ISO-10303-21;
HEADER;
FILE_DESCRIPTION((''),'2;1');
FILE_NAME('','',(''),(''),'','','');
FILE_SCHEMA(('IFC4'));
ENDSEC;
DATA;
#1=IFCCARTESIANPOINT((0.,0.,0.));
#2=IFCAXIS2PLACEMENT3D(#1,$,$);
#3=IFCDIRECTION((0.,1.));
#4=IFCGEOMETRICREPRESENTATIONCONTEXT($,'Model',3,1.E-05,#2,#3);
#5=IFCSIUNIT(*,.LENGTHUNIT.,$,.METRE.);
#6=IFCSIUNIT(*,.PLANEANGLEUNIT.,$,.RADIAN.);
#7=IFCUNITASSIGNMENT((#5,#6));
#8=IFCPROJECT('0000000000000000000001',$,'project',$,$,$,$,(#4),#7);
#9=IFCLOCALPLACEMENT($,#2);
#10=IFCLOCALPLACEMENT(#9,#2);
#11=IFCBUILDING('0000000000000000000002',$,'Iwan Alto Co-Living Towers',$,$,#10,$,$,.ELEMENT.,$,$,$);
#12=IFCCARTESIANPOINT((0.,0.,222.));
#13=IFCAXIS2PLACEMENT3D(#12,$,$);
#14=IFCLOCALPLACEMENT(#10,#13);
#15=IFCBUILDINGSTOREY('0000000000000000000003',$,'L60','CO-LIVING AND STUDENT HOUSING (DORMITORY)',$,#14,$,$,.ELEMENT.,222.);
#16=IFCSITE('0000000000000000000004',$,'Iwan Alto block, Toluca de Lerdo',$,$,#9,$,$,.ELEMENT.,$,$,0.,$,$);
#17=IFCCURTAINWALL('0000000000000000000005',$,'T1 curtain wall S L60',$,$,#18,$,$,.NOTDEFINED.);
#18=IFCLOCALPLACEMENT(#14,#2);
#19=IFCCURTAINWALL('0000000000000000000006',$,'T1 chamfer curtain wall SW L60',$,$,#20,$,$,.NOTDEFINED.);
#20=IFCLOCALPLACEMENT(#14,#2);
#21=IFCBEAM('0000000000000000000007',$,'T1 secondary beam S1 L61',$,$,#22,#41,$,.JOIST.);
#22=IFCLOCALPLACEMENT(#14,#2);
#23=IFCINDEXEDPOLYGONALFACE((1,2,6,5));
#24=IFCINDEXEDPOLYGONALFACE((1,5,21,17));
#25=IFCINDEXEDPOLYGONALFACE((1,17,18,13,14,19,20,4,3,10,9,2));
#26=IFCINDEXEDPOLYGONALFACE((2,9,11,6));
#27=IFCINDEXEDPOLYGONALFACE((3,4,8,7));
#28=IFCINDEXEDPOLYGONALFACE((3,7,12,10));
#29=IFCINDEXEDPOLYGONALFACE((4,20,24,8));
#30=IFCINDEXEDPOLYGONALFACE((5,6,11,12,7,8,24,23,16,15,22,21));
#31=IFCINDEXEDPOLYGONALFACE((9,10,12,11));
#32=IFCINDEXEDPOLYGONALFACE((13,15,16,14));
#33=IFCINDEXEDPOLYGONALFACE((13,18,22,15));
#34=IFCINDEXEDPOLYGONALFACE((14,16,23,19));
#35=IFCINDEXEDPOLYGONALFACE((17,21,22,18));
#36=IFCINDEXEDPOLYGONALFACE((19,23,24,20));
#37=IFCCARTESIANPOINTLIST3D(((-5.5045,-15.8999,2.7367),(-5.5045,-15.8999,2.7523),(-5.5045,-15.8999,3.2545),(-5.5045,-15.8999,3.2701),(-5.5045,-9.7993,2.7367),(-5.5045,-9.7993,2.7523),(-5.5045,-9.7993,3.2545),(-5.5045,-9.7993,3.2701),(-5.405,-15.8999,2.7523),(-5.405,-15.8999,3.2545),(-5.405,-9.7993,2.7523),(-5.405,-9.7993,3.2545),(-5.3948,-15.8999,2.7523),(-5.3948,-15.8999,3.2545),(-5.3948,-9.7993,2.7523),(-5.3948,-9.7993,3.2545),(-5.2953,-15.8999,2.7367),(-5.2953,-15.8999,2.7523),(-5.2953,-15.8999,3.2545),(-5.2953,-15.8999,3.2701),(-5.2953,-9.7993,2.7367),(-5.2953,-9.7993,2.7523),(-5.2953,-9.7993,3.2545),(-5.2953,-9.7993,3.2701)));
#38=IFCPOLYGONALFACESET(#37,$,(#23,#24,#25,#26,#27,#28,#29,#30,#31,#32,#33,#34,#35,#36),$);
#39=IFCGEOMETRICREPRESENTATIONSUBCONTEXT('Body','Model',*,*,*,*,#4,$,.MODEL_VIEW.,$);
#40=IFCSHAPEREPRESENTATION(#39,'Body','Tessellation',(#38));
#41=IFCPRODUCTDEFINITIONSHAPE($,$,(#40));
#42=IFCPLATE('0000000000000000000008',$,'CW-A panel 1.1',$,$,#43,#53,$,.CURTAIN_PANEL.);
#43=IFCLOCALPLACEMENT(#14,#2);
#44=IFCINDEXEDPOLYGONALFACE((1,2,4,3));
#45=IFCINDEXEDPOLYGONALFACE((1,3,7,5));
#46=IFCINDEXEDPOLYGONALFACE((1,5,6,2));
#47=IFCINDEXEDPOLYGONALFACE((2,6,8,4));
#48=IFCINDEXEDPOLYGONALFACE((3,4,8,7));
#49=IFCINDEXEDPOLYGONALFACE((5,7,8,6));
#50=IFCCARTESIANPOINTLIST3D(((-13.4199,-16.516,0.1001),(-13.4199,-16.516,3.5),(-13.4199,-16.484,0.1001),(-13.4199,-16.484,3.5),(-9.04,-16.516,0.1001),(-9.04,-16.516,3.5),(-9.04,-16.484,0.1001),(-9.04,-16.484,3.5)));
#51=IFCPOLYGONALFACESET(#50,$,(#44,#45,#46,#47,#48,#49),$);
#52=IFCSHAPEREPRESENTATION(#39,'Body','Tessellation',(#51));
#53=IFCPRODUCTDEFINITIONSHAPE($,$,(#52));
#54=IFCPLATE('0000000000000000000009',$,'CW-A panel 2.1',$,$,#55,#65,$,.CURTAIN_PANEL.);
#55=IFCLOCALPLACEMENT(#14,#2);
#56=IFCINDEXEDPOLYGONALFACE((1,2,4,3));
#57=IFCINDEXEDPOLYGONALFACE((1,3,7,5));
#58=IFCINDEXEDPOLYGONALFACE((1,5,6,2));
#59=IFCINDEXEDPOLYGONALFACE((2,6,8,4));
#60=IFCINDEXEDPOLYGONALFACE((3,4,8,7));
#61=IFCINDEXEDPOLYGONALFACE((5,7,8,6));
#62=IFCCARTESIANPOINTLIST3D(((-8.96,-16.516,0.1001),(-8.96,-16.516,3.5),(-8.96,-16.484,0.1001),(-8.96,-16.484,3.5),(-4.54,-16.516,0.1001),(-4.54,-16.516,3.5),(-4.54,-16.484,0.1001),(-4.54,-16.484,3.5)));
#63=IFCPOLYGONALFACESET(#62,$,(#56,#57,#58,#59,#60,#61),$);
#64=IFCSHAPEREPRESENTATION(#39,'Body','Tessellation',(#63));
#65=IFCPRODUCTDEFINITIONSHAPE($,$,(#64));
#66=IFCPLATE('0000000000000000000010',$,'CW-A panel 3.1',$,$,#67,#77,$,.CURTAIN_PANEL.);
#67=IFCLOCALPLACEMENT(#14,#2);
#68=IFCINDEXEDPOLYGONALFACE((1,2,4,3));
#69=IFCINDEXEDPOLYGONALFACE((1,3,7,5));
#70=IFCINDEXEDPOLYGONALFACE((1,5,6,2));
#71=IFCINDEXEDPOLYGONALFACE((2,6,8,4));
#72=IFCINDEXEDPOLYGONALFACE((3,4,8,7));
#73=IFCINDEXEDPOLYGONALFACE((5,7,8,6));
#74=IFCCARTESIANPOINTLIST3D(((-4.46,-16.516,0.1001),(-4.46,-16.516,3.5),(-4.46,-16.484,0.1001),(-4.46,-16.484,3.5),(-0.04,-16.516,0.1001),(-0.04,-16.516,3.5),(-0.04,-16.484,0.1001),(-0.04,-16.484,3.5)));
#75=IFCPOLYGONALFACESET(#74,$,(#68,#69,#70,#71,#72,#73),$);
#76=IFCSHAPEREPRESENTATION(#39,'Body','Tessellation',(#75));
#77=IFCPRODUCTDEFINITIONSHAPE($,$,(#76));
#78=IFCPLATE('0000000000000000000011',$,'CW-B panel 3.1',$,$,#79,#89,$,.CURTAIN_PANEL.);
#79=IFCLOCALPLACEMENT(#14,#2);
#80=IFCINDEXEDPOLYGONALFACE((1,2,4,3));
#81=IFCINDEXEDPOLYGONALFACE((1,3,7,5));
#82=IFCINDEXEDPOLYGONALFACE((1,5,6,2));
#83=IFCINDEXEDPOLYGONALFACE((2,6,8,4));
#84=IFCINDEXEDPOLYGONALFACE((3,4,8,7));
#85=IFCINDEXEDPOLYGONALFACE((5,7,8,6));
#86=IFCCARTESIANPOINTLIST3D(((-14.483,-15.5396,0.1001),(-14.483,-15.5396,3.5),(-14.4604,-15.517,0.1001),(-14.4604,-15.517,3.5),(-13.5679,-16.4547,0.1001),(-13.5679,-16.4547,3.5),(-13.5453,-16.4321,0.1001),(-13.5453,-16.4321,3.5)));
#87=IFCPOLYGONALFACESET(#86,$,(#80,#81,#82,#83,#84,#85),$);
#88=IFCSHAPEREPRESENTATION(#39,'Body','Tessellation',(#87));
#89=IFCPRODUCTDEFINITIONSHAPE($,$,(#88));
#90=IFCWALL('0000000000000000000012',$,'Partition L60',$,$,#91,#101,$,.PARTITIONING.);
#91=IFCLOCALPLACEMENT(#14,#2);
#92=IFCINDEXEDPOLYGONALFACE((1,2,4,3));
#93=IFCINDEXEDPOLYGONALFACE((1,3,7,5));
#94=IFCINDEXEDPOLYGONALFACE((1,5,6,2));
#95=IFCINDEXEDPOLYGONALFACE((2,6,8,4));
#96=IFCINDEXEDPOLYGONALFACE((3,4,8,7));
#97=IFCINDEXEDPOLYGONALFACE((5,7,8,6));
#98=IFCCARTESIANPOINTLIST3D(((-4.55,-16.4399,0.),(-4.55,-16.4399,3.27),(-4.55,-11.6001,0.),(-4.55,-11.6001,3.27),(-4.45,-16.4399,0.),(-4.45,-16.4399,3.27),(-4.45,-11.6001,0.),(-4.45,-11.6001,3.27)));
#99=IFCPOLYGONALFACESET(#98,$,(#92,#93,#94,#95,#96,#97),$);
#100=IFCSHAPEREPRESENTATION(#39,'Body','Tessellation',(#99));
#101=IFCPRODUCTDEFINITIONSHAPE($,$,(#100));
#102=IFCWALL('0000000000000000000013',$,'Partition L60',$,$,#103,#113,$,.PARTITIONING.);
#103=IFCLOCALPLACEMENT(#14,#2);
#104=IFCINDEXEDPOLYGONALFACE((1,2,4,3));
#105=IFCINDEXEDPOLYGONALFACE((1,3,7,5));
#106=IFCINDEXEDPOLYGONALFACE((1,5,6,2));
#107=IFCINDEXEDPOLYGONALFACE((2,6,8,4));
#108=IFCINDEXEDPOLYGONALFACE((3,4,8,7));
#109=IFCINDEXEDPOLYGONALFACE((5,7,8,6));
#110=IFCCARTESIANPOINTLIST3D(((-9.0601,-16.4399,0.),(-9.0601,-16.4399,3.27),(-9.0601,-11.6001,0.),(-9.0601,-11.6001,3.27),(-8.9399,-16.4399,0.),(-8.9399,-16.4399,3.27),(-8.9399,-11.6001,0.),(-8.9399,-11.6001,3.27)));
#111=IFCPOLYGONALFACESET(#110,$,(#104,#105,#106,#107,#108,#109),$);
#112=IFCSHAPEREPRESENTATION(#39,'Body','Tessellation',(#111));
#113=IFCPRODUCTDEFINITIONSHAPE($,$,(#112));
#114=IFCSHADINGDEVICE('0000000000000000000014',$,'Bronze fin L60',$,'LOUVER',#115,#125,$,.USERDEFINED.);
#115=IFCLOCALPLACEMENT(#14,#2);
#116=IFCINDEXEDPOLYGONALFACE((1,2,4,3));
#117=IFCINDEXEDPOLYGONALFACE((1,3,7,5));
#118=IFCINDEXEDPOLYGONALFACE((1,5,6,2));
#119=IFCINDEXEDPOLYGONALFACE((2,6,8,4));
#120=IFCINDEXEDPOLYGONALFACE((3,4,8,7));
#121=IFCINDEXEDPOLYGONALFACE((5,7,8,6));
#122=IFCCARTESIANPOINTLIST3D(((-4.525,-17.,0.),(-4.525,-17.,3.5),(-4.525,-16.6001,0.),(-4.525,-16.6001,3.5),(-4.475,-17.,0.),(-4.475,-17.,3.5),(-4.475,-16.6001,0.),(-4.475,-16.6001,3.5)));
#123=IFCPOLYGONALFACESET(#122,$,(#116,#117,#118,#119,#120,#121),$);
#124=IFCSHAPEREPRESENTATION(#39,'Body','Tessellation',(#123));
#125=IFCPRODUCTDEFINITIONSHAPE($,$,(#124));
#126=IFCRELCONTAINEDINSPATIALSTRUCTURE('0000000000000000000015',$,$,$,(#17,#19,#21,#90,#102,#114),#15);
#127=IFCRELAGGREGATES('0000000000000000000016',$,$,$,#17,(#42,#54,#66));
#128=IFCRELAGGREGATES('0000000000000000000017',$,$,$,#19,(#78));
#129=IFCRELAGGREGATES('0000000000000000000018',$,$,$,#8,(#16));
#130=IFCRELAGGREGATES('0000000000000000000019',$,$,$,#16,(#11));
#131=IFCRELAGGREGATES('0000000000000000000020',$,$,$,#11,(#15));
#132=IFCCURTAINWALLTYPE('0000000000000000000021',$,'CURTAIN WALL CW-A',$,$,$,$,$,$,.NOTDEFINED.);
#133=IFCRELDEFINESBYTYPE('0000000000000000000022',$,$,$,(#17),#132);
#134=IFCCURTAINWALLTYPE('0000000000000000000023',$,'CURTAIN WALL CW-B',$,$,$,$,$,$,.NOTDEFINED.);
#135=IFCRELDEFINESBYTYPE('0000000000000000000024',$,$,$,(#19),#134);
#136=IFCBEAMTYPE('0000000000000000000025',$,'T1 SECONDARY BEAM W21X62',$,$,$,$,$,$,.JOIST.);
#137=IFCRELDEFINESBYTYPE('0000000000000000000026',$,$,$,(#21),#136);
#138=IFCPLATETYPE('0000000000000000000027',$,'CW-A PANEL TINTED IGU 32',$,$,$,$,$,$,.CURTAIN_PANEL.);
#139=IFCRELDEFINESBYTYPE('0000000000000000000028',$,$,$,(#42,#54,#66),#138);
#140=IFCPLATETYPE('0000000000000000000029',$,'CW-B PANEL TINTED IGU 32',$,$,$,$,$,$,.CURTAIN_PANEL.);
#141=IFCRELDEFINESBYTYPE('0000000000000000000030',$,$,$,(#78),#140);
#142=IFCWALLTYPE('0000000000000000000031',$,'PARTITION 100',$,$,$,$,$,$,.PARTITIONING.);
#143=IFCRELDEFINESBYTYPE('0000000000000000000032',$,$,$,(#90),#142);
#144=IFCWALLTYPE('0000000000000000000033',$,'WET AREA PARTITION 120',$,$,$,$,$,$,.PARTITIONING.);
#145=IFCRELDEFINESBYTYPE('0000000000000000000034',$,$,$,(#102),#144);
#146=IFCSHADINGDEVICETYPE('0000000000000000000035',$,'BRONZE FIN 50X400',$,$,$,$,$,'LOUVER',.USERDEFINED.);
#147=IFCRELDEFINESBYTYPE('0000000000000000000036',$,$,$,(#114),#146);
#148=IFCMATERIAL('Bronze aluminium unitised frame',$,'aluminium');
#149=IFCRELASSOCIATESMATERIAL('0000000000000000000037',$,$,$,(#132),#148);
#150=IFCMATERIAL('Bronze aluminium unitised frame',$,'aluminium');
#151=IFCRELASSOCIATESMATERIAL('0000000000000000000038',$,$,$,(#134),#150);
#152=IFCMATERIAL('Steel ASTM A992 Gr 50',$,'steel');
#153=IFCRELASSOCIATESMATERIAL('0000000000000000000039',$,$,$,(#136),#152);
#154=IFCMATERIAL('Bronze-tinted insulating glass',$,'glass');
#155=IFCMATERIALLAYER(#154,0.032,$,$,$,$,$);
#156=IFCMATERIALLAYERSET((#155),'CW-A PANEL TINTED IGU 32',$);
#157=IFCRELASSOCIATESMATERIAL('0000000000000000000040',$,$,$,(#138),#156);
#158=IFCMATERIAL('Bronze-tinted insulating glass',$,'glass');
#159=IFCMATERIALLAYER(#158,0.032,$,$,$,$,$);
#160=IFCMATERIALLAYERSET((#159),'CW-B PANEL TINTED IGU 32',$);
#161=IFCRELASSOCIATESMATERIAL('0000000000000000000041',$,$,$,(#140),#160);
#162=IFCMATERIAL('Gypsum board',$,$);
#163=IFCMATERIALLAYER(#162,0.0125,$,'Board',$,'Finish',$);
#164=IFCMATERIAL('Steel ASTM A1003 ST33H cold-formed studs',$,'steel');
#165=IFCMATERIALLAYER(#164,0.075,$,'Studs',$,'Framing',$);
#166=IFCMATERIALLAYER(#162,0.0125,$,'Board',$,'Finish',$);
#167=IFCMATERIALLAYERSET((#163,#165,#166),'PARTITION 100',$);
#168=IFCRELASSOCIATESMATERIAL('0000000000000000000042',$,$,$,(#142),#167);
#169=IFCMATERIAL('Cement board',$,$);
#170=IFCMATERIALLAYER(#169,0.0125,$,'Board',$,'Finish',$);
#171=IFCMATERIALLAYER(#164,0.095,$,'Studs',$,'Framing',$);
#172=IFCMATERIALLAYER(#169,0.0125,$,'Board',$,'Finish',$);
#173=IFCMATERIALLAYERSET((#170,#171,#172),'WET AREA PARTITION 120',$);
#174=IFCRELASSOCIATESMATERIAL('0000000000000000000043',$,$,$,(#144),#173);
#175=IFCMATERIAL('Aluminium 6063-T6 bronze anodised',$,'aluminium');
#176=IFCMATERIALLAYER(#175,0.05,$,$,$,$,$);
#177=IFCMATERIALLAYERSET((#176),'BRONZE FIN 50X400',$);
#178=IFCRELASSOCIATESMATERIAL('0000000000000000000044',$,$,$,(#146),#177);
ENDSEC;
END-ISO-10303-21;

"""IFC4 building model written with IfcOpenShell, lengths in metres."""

from ifc_helpers import new_model, si_unit, direction, frame, frame_2d, origin, origin_2d, place, context, subcontext, project, spatial, rectangle, i_section, extrude, material, layer, layer_set, material_profile, profile_set, type_object, element, aggregate, save


model = new_model("IFC4")

# Units and contexts
model_context = context("Model", 3, precision=1e-05, world=origin(), true_north=direction((0.0, 1.0)))
body_context = subcontext(model_context, "Body", "Model", "MODEL_VIEW")
ifc_project = project(units=[si_unit("LENGTHUNIT", "METRE"), si_unit("PLANEANGLEUNIT", "RADIAN")], contexts=[model_context])

# Site, building, storey
site_placement = place(None, origin())
site = spatial("IfcSite", under=ifc_project, at=site_placement, Name="Iwan Alto block, Toluca de Lerdo", CompositionType="ELEMENT", RefElevation=0.0)
building_placement = place(site_placement, origin())
building = spatial("IfcBuilding", under=site, at=building_placement, Name="Iwan Alto Co-Living Towers", CompositionType="ELEMENT")
storey_placement = place(building_placement, frame((0.0, 0.0, 222.0)))
storey = spatial("IfcBuildingStorey", under=building, at=storey_placement, Name="L60", Description="CO-LIVING AND STUDENT HOUSING (DORMITORY)", CompositionType="ELEMENT", Elevation=222.0)

# Curtain wall
ifc_material_1 = material(Name="Bronze aluminium unitised frame", Category="aluminium")
curtain_wall_type_1 = type_object("IfcCurtainWallType", Name="CURTAIN WALL CW-A", PredefinedType="NOTDEFINED", material=ifc_material_1)
curtain_wall_1_placement = place(storey_placement, origin())
curtain_wall_1 = element("IfcCurtainWall", 1, at=curtain_wall_1_placement, inside=storey, type_object=curtain_wall_type_1, Name="T1 curtain wall S L60", PredefinedType="NOTDEFINED")

# Curtain wall
ifc_material_2 = material(Name="Bronze aluminium unitised frame", Category="aluminium")
curtain_wall_type_2 = type_object("IfcCurtainWallType", Name="CURTAIN WALL CW-B", PredefinedType="NOTDEFINED", material=ifc_material_2)
curtain_wall_2_placement = place(storey_placement, origin())
curtain_wall_2 = element("IfcCurtainWall", 2, at=curtain_wall_2_placement, inside=storey, type_object=curtain_wall_type_2, Name="T1 chamfer curtain wall SW L60", PredefinedType="NOTDEFINED")

# Beam
ifc_material_3 = material(Name="Steel ASTM A992 Gr 50", Category="steel")
ifc_material_profile_1 = material_profile(ifc_material_3, i_section(OverallWidth=0.2092, OverallDepth=0.5334, WebThickness=0.0103, FlangeThickness=0.0156, at=origin_2d()), Name="W21X62")
ifc_profile_set_1 = profile_set([ifc_material_profile_1], Name="Steel ASTM A992 Gr 50")
beam_type_1 = type_object("IfcBeamType", Name="T1 SECONDARY BEAM W21X62", PredefinedType="JOIST", material=ifc_profile_set_1)
beam_1_placement = place(storey_placement, frame((-5.3999, -15.8999, 3.0034), z_axis=(0.0, 1.0, 0.0), x_axis=(-1.0, 0.0, 0.0)))
element("IfcBeam", 3, at=beam_1_placement, inside=storey, type_object=beam_type_1, Name="T1 secondary beam S1 L61", PredefinedType="JOIST", context=body_context, shape_type="SweptSolid", body=[
    extrude(i_section(OverallWidth=0.2092, OverallDepth=0.5334, WebThickness=0.0103, FlangeThickness=0.0156, at=origin_2d()), origin(), (0.0, 0.0, 1.0), 6.1006),
])

# Plates
ifc_material_4 = material(Name="Bronze-tinted insulating glass", Category="glass")
ifc_layer_1 = layer(ifc_material_4, 0.032)
ifc_layer_set_1 = layer_set([ifc_layer_1], Name="CW-A PANEL TINTED IGU 32")
plate_type_1 = type_object("IfcPlateType", Name="CW-A PANEL TINTED IGU 32", PredefinedType="CURTAIN_PANEL", material=ifc_layer_set_1)
plate_1_placement = place(storey_placement, frame((-11.23, -16.5, 0.1001), z_axis=(0.0, 0.0, 1.0), x_axis=(1.0, 0.0, 0.0)))
plate_1 = element("IfcPlate", 4, at=plate_1_placement, type_object=plate_type_1, Name="CW-A panel 1.1", PredefinedType="CURTAIN_PANEL", context=body_context, shape_type="SweptSolid", body=[
    extrude(rectangle(XDim=4.3799, YDim=0.032, at=origin_2d()), origin(), (0.0, 0.0, 1.0), 3.3999),
])
plate_2_placement = place(storey_placement, frame((-6.75, -16.5, 0.1001), z_axis=(0.0, 0.0, 1.0), x_axis=(1.0, 0.0, 0.0)))
plate_2 = element("IfcPlate", 5, at=plate_2_placement, type_object=plate_type_1, Name="CW-A panel 2.1", PredefinedType="CURTAIN_PANEL", context=body_context, shape_type="SweptSolid", body=[
    extrude(rectangle(XDim=4.4199, YDim=0.032, at=origin_2d()), origin(), (0.0, 0.0, 1.0), 3.3999),
])
plate_3_placement = place(storey_placement, frame((-2.25, -16.5, 0.1001), z_axis=(0.0, 0.0, 1.0), x_axis=(1.0, 0.0, 0.0)))
plate_3 = element("IfcPlate", 6, at=plate_3_placement, type_object=plate_type_1, Name="CW-A panel 3.1", PredefinedType="CURTAIN_PANEL", context=body_context, shape_type="SweptSolid", body=[
    extrude(rectangle(XDim=4.4199, YDim=0.032, at=origin_2d()), origin(), (0.0, 0.0, 1.0), 3.3999),
])
aggregate(curtain_wall_1, [plate_1, plate_2, plate_3])
ifc_material_5 = material(Name="Bronze-tinted insulating glass", Category="glass")
ifc_layer_2 = layer(ifc_material_5, 0.032)
ifc_layer_set_2 = layer_set([ifc_layer_2], Name="CW-B PANEL TINTED IGU 32")
plate_type_2 = type_object("IfcPlateType", Name="CW-B PANEL TINTED IGU 32", PredefinedType="CURTAIN_PANEL", material=ifc_layer_set_2)
plate_4_placement = place(storey_placement, frame((-14.0142, -15.9858, 0.1001), z_axis=(0.0, 0.0, 1.0), x_axis=(0.707107, -0.707107, 0.0)))
plate_4 = element("IfcPlate", 7, at=plate_4_placement, type_object=plate_type_2, Name="CW-B panel 3.1", PredefinedType="CURTAIN_PANEL", context=body_context, shape_type="SweptSolid", body=[
    extrude(rectangle(XDim=1.2942, YDim=0.032, at=origin_2d()), origin(), (0.0, 0.0, 1.0), 3.3999),
])
aggregate(curtain_wall_2, [plate_4])

# Walls
ifc_material_6 = material(Name="Gypsum board")
ifc_layer_3 = layer(ifc_material_6, 0.0125, Name="Board", Category="Finish")
ifc_material_7 = material(Name="Steel ASTM A1003 ST33H cold-formed studs", Category="steel")
ifc_layer_4 = layer(ifc_material_7, 0.075, Name="Studs", Category="Framing")
ifc_layer_5 = layer(ifc_material_6, 0.0125, Name="Board", Category="Finish")
ifc_layer_set_3 = layer_set([ifc_layer_3, ifc_layer_4, ifc_layer_5], Name="PARTITION 100")
wall_type_1 = type_object("IfcWallType", Name="PARTITION 100", PredefinedType="PARTITIONING", material=ifc_layer_set_3)
wall_1_placement = place(storey_placement, frame((-4.5, -16.4399, 0.0), z_axis=(0.0, 0.0, 1.0), x_axis=(0.0, 1.0, 0.0)))
element("IfcWall", 8, at=wall_1_placement, inside=storey, type_object=wall_type_1, Name="Partition L60", PredefinedType="PARTITIONING", context=body_context, shape_type="SweptSolid", body=[
    extrude(rectangle(XDim=4.8398, YDim=0.1001, at=frame_2d((2.4199, 0.0))), origin(), (0.0, 0.0, 1.0), 3.27),
])
ifc_material_8 = material(Name="Cement board")
ifc_layer_6 = layer(ifc_material_8, 0.0125, Name="Board", Category="Finish")
ifc_layer_7 = layer(ifc_material_7, 0.095, Name="Studs", Category="Framing")
ifc_layer_8 = layer(ifc_material_8, 0.0125, Name="Board", Category="Finish")
ifc_layer_set_4 = layer_set([ifc_layer_6, ifc_layer_7, ifc_layer_8], Name="WET AREA PARTITION 120")
wall_type_2 = type_object("IfcWallType", Name="WET AREA PARTITION 120", PredefinedType="PARTITIONING", material=ifc_layer_set_4)
wall_2_placement = place(storey_placement, frame((-9.0, -16.4399, 0.0), z_axis=(0.0, 0.0, 1.0), x_axis=(0.0, 1.0, 0.0)))
element("IfcWall", 9, at=wall_2_placement, inside=storey, type_object=wall_type_2, Name="Partition L60", PredefinedType="PARTITIONING", context=body_context, shape_type="SweptSolid", body=[
    extrude(rectangle(XDim=4.8398, YDim=0.1201, at=frame_2d((2.4199, 0.0))), origin(), (0.0, 0.0, 1.0), 3.27),
])

# Shading device
ifc_material_9 = material(Name="Aluminium 6063-T6 bronze anodised", Category="aluminium")
ifc_layer_9 = layer(ifc_material_9, 0.05)
ifc_layer_set_5 = layer_set([ifc_layer_9], Name="BRONZE FIN 50X400")
shading_device_type = type_object("IfcShadingDeviceType", Name="BRONZE FIN 50X400", ElementType="LOUVER", PredefinedType="USERDEFINED", material=ifc_layer_set_5)
shading_device_placement = place(storey_placement, frame((-4.5, -16.8, 0.0), z_axis=(0.0, 0.0, 1.0), x_axis=(1.0, 0.0, 0.0)))
element("IfcShadingDevice", 10, at=shading_device_placement, inside=storey, type_object=shading_device_type, Name="Bronze fin L60", ObjectType="LOUVER", PredefinedType="USERDEFINED", context=body_context, shape_type="SweptSolid", body=[
    extrude(rectangle(XDim=0.05, YDim=0.3999, at=origin_2d()), origin(), (0.0, 0.0, 1.0), 3.5),
])

save(model, "model.ifc")
